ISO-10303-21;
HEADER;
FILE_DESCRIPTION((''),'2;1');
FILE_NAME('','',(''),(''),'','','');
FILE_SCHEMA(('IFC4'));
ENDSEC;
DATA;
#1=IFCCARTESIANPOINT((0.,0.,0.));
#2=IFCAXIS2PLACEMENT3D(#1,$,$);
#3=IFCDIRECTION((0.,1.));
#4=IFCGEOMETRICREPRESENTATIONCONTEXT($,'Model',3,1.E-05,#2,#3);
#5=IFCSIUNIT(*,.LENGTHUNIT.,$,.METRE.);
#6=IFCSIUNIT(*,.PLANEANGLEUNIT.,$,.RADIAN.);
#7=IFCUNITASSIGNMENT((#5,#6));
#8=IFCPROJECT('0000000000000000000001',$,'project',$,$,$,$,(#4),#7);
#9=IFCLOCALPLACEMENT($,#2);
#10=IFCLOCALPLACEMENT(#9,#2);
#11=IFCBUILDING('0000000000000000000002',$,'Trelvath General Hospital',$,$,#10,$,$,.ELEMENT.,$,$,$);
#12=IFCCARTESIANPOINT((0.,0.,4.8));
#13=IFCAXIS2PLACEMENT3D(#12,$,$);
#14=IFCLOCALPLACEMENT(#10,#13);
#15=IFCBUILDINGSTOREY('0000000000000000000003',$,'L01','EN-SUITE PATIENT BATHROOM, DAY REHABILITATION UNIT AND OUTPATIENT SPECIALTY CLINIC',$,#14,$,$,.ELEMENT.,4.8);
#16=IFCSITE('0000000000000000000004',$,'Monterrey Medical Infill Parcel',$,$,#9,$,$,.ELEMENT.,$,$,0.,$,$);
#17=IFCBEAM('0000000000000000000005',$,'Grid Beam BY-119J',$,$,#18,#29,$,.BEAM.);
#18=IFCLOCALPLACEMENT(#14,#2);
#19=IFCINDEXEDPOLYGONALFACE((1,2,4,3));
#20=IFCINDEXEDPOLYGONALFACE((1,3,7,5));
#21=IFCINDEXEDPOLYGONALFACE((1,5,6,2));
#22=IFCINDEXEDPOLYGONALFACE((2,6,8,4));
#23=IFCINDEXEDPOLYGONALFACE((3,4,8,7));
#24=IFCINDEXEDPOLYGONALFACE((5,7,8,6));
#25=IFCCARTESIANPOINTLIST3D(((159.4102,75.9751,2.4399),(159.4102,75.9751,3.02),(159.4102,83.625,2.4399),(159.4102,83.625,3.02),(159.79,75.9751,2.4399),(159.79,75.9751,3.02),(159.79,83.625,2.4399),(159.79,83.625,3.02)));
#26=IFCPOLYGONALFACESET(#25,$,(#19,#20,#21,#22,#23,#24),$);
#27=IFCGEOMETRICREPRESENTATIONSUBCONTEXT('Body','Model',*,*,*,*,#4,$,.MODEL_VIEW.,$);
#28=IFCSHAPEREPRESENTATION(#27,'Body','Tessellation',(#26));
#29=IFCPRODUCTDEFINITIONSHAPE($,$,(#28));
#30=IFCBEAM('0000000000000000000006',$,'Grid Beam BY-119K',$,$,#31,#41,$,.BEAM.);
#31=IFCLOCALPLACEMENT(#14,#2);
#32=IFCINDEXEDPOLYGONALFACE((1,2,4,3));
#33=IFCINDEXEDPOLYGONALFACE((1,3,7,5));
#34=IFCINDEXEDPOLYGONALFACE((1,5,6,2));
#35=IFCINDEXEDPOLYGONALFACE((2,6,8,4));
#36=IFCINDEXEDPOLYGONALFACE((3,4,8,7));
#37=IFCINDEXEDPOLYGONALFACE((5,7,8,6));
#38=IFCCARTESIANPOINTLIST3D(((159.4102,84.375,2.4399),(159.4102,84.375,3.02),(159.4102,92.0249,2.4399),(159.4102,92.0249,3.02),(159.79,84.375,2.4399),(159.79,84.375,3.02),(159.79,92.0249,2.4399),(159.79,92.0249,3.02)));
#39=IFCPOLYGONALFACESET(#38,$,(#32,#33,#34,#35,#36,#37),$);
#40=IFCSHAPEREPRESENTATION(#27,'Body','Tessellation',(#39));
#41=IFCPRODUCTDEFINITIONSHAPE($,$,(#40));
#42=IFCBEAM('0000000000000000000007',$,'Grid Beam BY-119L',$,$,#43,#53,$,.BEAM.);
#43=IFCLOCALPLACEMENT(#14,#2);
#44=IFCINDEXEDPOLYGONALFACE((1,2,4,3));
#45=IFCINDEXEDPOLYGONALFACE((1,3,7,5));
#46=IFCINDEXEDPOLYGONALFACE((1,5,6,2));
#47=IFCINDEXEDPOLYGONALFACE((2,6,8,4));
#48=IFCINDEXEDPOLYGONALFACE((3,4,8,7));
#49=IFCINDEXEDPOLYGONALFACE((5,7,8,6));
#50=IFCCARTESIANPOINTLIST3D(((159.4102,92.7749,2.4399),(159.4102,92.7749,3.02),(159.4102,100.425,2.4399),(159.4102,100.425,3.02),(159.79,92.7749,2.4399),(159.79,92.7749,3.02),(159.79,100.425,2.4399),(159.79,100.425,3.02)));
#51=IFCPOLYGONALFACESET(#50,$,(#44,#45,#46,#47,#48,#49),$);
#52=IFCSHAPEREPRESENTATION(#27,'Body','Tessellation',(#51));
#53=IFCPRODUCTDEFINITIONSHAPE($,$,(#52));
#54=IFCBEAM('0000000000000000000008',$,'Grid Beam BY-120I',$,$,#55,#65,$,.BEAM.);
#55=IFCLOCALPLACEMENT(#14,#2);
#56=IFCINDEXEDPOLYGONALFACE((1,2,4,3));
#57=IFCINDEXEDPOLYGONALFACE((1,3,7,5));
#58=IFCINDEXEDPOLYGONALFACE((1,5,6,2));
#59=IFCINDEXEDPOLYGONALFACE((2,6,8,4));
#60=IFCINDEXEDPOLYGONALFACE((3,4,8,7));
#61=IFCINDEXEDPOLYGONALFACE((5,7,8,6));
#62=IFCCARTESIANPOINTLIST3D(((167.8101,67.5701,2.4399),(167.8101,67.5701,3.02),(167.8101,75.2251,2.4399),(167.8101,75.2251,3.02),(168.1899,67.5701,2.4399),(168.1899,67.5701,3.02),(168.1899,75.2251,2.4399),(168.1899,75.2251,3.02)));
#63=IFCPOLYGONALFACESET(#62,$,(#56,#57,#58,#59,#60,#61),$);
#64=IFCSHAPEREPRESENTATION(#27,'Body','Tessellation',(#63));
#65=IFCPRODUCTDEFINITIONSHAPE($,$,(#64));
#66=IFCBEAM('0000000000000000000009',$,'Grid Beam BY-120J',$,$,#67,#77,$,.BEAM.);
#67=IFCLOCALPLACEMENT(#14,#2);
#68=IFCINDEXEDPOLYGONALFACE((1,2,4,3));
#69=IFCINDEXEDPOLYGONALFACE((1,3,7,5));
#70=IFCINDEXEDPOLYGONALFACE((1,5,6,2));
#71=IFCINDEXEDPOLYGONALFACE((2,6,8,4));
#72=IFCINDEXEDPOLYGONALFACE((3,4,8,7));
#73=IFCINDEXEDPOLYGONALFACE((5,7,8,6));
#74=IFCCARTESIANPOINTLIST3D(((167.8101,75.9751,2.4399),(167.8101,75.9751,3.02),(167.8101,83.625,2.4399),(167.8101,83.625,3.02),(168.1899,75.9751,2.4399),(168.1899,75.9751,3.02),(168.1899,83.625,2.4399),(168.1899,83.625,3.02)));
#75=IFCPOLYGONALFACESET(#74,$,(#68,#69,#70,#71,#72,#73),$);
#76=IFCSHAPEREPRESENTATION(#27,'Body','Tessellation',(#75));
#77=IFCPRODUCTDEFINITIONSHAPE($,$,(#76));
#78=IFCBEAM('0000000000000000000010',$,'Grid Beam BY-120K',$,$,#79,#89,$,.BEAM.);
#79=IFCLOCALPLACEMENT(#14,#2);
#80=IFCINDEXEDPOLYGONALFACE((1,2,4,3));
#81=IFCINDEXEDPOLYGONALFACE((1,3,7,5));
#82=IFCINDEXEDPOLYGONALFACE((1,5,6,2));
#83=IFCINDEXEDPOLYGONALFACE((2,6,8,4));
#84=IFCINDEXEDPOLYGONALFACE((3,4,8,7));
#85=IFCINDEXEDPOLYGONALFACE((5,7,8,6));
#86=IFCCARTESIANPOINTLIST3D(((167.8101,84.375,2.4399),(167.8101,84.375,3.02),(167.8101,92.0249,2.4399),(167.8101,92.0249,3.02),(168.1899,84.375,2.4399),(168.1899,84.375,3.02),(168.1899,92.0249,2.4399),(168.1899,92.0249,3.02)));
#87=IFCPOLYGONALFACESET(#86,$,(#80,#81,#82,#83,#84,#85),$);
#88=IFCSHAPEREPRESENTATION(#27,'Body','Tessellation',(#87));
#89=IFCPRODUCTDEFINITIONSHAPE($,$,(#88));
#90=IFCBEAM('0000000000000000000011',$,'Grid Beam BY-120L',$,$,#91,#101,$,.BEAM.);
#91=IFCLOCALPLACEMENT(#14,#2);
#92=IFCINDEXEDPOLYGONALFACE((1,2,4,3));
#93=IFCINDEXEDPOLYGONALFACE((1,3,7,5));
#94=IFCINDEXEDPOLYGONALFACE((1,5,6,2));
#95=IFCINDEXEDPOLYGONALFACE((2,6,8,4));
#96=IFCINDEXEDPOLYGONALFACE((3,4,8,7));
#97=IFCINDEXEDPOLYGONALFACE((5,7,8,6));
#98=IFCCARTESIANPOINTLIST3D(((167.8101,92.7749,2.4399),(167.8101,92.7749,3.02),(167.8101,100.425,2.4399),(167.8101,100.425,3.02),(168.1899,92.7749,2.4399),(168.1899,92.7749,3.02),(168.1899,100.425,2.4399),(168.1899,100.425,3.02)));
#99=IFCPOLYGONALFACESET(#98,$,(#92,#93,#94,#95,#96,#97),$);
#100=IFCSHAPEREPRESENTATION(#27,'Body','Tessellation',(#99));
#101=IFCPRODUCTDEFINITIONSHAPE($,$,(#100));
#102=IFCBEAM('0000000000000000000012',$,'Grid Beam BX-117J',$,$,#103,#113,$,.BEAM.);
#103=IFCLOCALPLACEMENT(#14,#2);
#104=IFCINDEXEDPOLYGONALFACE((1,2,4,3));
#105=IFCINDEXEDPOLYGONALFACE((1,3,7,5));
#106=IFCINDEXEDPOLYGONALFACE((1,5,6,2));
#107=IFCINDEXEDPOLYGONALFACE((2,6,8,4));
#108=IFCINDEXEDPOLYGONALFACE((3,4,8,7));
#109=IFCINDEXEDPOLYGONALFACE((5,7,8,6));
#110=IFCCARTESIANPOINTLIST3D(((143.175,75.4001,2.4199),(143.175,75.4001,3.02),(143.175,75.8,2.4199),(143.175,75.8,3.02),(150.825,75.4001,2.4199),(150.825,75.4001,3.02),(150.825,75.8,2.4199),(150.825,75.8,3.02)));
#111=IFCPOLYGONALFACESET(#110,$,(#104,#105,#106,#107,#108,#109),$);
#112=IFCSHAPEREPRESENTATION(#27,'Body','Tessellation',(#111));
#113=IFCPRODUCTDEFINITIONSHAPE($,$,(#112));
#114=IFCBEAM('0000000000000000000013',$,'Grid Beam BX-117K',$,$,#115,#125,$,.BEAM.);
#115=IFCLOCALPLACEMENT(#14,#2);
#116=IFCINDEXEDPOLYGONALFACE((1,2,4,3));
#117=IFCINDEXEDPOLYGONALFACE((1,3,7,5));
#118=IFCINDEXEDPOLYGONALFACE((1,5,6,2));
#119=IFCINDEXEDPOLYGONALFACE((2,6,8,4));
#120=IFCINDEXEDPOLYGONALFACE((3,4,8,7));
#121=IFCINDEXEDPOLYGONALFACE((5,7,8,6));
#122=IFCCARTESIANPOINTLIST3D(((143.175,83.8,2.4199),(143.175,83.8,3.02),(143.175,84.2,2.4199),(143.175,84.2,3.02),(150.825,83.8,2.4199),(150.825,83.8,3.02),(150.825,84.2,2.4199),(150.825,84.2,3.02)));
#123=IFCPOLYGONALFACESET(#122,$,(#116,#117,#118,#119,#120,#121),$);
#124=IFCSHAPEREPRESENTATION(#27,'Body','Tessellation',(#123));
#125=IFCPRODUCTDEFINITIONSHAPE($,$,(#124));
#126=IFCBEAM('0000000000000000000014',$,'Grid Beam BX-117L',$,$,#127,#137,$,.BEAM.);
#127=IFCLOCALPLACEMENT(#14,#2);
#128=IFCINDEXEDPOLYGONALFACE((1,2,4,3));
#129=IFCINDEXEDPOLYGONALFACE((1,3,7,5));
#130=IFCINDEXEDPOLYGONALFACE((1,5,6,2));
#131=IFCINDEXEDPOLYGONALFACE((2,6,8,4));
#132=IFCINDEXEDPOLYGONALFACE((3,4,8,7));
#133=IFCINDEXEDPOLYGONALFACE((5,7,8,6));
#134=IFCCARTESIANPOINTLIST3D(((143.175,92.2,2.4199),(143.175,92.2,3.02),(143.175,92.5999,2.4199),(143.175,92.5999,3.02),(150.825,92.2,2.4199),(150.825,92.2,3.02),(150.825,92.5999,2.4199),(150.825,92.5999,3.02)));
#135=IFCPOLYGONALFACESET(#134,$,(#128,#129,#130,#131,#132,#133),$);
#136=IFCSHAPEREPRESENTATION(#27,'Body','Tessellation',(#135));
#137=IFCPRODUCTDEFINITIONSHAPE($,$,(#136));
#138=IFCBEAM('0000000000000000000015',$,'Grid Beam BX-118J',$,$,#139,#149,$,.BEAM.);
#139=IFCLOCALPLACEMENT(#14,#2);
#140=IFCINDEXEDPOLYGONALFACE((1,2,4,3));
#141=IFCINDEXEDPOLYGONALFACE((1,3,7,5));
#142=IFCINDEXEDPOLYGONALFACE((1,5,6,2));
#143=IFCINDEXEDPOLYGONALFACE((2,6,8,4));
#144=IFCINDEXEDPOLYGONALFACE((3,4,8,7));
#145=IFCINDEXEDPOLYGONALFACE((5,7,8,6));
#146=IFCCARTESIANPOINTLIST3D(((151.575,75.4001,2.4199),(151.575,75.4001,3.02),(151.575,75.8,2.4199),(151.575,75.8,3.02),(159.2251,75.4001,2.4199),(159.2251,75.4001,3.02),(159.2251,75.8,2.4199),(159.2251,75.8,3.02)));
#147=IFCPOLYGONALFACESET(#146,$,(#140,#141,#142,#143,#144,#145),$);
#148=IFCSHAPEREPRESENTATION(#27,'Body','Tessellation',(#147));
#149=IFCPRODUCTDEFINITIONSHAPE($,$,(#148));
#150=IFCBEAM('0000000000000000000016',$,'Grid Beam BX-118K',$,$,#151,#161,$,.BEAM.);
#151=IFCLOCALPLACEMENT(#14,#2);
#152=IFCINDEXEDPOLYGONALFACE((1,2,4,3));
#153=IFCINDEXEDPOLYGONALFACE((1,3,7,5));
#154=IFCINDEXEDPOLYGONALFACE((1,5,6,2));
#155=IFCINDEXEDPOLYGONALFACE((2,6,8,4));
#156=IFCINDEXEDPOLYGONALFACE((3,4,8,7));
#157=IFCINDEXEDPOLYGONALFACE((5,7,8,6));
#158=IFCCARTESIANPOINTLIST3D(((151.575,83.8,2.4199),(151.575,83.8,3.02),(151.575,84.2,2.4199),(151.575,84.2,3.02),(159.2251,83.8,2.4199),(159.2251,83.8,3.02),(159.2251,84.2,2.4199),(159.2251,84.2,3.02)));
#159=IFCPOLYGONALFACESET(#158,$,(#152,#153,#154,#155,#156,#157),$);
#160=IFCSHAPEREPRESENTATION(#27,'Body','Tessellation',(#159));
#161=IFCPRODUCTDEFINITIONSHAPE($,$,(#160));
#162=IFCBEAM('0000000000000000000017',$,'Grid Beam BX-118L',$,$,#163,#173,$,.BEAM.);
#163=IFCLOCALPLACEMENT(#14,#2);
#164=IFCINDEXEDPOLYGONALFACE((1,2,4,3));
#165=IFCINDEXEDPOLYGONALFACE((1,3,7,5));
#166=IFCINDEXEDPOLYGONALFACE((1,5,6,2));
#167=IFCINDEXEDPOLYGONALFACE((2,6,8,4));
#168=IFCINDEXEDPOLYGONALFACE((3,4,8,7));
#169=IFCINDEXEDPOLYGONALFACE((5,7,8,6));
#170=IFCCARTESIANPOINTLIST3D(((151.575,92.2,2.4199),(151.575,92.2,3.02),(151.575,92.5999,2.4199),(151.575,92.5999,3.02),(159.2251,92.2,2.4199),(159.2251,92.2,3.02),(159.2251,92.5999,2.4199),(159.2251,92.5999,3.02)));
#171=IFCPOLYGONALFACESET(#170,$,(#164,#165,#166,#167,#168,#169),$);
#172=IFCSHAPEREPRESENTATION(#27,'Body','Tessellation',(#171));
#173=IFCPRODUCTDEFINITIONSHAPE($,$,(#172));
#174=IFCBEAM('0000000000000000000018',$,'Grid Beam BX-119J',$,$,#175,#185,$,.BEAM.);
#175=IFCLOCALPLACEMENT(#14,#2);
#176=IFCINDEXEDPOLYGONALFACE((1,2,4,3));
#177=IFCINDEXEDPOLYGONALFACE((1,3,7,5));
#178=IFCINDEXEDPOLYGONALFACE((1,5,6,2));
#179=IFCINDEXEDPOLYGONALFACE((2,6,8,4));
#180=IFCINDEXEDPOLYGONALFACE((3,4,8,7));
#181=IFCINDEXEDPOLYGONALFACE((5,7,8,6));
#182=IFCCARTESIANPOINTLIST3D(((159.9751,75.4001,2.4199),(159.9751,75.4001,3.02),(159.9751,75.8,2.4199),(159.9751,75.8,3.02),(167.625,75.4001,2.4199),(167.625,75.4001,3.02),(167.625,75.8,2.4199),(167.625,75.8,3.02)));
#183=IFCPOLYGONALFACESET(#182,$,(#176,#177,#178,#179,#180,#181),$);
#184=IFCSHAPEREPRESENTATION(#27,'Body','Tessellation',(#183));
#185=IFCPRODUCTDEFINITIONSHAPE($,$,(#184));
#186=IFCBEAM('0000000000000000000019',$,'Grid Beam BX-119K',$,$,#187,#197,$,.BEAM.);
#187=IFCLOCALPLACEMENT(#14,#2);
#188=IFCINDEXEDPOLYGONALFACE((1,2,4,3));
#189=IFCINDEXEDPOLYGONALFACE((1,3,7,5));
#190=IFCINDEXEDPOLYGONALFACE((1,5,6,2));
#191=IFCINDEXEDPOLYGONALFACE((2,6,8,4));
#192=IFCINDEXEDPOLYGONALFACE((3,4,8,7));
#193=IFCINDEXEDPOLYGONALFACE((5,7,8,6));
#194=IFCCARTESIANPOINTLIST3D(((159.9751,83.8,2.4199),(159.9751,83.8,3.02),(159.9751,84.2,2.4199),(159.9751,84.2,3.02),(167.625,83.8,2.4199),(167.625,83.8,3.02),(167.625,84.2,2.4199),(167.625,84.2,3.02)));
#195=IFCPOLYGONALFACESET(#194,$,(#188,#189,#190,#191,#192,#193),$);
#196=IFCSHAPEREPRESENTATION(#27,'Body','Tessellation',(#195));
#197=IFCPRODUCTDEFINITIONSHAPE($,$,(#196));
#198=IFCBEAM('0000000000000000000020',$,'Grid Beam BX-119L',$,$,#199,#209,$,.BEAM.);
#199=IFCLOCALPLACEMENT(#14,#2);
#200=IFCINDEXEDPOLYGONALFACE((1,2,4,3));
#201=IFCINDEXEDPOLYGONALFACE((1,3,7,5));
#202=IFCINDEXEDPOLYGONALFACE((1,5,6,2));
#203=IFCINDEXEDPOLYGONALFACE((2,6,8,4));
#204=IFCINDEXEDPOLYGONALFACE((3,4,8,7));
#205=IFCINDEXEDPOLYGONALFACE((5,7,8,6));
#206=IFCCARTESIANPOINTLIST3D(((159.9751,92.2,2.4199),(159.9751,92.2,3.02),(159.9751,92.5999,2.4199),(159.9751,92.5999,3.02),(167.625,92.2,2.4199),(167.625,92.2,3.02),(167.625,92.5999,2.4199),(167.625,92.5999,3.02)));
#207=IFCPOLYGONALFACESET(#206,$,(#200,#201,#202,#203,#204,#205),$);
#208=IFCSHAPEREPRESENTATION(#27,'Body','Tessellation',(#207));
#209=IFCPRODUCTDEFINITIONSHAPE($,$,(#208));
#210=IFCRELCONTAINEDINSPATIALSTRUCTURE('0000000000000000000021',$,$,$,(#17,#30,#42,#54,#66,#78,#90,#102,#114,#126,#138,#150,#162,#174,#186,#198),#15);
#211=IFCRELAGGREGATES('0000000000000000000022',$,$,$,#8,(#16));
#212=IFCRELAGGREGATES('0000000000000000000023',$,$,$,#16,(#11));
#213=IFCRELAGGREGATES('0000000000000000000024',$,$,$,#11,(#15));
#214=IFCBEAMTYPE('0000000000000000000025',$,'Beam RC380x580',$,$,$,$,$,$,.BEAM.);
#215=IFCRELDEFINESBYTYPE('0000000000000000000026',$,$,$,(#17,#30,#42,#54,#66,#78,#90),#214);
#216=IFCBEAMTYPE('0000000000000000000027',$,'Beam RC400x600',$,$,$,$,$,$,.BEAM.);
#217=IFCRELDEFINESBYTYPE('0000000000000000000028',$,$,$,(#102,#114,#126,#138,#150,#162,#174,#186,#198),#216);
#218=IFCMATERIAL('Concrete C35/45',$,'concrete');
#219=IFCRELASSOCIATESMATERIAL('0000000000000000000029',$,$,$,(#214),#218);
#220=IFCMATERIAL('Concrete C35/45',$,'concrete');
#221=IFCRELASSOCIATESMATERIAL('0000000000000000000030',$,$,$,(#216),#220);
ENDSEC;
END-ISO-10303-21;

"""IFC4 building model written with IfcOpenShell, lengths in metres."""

from ifc_helpers import new_model, si_unit, direction, frame, origin, origin_2d, place, context, subcontext, project, spatial, rectangle, extrude, material, material_profile, profile_set, type_object, element, save


model = new_model("IFC4")

# Units and contexts
model_context = context("Model", 3, precision=1e-05, world=origin(), true_north=direction((0.0, 1.0)))
body_context = subcontext(model_context, "Body", "Model", "MODEL_VIEW")
ifc_project = project(units=[si_unit("LENGTHUNIT", "METRE"), si_unit("PLANEANGLEUNIT", "RADIAN")], contexts=[model_context])

# Site, building, storey
site_placement = place(None, origin())
site = spatial("IfcSite", under=ifc_project, at=site_placement, Name="Monterrey Medical Infill Parcel", CompositionType="ELEMENT", RefElevation=0.0)
building_placement = place(site_placement, origin())
building = spatial("IfcBuilding", under=site, at=building_placement, Name="Trelvath General Hospital", CompositionType="ELEMENT")
storey_placement = place(building_placement, frame((0.0, 0.0, 4.8)))
storey = spatial("IfcBuildingStorey", under=building, at=storey_placement, Name="L01", Description="EN-SUITE PATIENT BATHROOM, DAY REHABILITATION UNIT AND OUTPATIENT SPECIALTY CLINIC", CompositionType="ELEMENT", Elevation=4.8)

# Beams
ifc_material_1 = material(Name="Concrete C35/45", Category="concrete")
ifc_material_profile_1 = material_profile(ifc_material_1, rectangle(XDim=0.3799, YDim=0.5801, at=origin_2d()), Name="RCB380x580")
ifc_profile_set_1 = profile_set([ifc_material_profile_1], Name="Concrete C35/45")
beam_type_1 = type_object("IfcBeamType", Name="Beam RC380x580", PredefinedType="BEAM", material=ifc_profile_set_1)
for number, where, z_axis, x_axis, name in (
    (1, (159.6001, 75.9751, 2.73), (0.0, 1.0, 0.0), (-1.0, 0.0, 0.0), "Grid Beam BY-119J"),
    (2, (159.6001, 84.375, 2.73), (0.0, 1.0, 0.0), (-1.0, 0.0, 0.0), "Grid Beam BY-119K"),
):
    element("IfcBeam", number, at=place(storey_placement, frame(where, z_axis=z_axis, x_axis=x_axis)), inside=storey, type_object=beam_type_1, Name=name, PredefinedType="BEAM", context=body_context, shape_type="SweptSolid", body=[
        extrude(rectangle(XDim=0.3799, YDim=0.5801, at=origin_2d()), origin(), (0.0, 0.0, 1.0), 7.6499),
    ])
beam_1_placement = place(storey_placement, frame((159.6001, 92.7749, 2.73), z_axis=(0.0, 1.0, 0.0), x_axis=(-1.0, 0.0, 0.0)))
element("IfcBeam", 3, at=beam_1_placement, inside=storey, type_object=beam_type_1, Name="Grid Beam BY-119L", PredefinedType="BEAM", context=body_context, shape_type="SweptSolid", body=[
    extrude(rectangle(XDim=0.3799, YDim=0.5801, at=origin_2d()), origin(), (0.0, 0.0, 1.0), 7.6501),
])
beam_2_placement = place(storey_placement, frame((168.0, 67.5701, 2.73), z_axis=(0.0, 1.0, 0.0), x_axis=(-1.0, 0.0, 0.0)))
element("IfcBeam", 4, at=beam_2_placement, inside=storey, type_object=beam_type_1, Name="Grid Beam BY-120I", PredefinedType="BEAM", context=body_context, shape_type="SweptSolid", body=[
    extrude(rectangle(XDim=0.3799, YDim=0.5801, at=origin_2d()), origin(), (0.0, 0.0, 1.0), 7.655),
])
for number, where, z_axis, x_axis, name in (
    (5, (168.0, 75.9751, 2.73), (0.0, 1.0, 0.0), (-1.0, 0.0, 0.0), "Grid Beam BY-120J"),
    (6, (168.0, 84.375, 2.73), (0.0, 1.0, 0.0), (-1.0, 0.0, 0.0), "Grid Beam BY-120K"),
):
    element("IfcBeam", number, at=place(storey_placement, frame(where, z_axis=z_axis, x_axis=x_axis)), inside=storey, type_object=beam_type_1, Name=name, PredefinedType="BEAM", context=body_context, shape_type="SweptSolid", body=[
        extrude(rectangle(XDim=0.3799, YDim=0.5801, at=origin_2d()), origin(), (0.0, 0.0, 1.0), 7.6499),
    ])
beam_3_placement = place(storey_placement, frame((168.0, 92.7749, 2.73), z_axis=(0.0, 1.0, 0.0), x_axis=(-1.0, 0.0, 0.0)))
element("IfcBeam", 7, at=beam_3_placement, inside=storey, type_object=beam_type_1, Name="Grid Beam BY-120L", PredefinedType="BEAM", context=body_context, shape_type="SweptSolid", body=[
    extrude(rectangle(XDim=0.3799, YDim=0.5801, at=origin_2d()), origin(), (0.0, 0.0, 1.0), 7.6501),
])
ifc_material_2 = material(Name="Concrete C35/45", Category="concrete")
ifc_material_profile_2 = material_profile(ifc_material_2, rectangle(XDim=0.3999, YDim=0.6001, at=origin_2d()), Name="RCB400x600")
ifc_profile_set_2 = profile_set([ifc_material_profile_2], Name="Concrete C35/45")
beam_type_2 = type_object("IfcBeamType", Name="Beam RC400x600", PredefinedType="BEAM", material=ifc_profile_set_2)
for number, where, z_axis, x_axis, name in (
    (8, (143.175, 75.6001, 2.72), (1.0, 0.0, 0.0), (0.0, 1.0, 0.0), "Grid Beam BX-117J"),
    (9, (143.175, 84.0, 2.72), (1.0, 0.0, 0.0), (0.0, 1.0, 0.0), "Grid Beam BX-117K"),
    (10, (143.175, 92.3999, 2.72), (1.0, 0.0, 0.0), (0.0, 1.0, 0.0), "Grid Beam BX-117L"),
):
    element("IfcBeam", number, at=place(storey_placement, frame(where, z_axis=z_axis, x_axis=x_axis)), inside=storey, type_object=beam_type_2, Name=name, PredefinedType="BEAM", context=body_context, shape_type="SweptSolid", body=[
        extrude(rectangle(XDim=0.3999, YDim=0.6001, at=origin_2d()), origin(), (0.0, 0.0, 1.0), 7.6499),
    ])
for number, where, z_axis, x_axis, name in (
    (11, (151.575, 75.6001, 2.72), (1.0, 0.0, 0.0), (0.0, 1.0, 0.0), "Grid Beam BX-118J"),
    (12, (151.575, 84.0, 2.72), (1.0, 0.0, 0.0), (0.0, 1.0, 0.0), "Grid Beam BX-118K"),
    (13, (151.575, 92.3999, 2.72), (1.0, 0.0, 0.0), (0.0, 1.0, 0.0), "Grid Beam BX-118L"),
):
    element("IfcBeam", number, at=place(storey_placement, frame(where, z_axis=z_axis, x_axis=x_axis)), inside=storey, type_object=beam_type_2, Name=name, PredefinedType="BEAM", context=body_context, shape_type="SweptSolid", body=[
        extrude(rectangle(XDim=0.3999, YDim=0.6001, at=origin_2d()), origin(), (0.0, 0.0, 1.0), 7.6501),
    ])
for number, where, z_axis, x_axis, name in (
    (14, (159.9751, 75.6001, 2.72), (1.0, 0.0, 0.0), (0.0, 1.0, 0.0), "Grid Beam BX-119J"),
    (15, (159.9751, 84.0, 2.72), (1.0, 0.0, 0.0), (0.0, 1.0, 0.0), "Grid Beam BX-119K"),
    (16, (159.9751, 92.3999, 2.72), (1.0, 0.0, 0.0), (0.0, 1.0, 0.0), "Grid Beam BX-119L"),
):
    element("IfcBeam", number, at=place(storey_placement, frame(where, z_axis=z_axis, x_axis=x_axis)), inside=storey, type_object=beam_type_2, Name=name, PredefinedType="BEAM", context=body_context, shape_type="SweptSolid", body=[
        extrude(rectangle(XDim=0.3999, YDim=0.6001, at=origin_2d()), origin(), (0.0, 0.0, 1.0), 7.6499),
    ])

save(model, "model.ifc")
